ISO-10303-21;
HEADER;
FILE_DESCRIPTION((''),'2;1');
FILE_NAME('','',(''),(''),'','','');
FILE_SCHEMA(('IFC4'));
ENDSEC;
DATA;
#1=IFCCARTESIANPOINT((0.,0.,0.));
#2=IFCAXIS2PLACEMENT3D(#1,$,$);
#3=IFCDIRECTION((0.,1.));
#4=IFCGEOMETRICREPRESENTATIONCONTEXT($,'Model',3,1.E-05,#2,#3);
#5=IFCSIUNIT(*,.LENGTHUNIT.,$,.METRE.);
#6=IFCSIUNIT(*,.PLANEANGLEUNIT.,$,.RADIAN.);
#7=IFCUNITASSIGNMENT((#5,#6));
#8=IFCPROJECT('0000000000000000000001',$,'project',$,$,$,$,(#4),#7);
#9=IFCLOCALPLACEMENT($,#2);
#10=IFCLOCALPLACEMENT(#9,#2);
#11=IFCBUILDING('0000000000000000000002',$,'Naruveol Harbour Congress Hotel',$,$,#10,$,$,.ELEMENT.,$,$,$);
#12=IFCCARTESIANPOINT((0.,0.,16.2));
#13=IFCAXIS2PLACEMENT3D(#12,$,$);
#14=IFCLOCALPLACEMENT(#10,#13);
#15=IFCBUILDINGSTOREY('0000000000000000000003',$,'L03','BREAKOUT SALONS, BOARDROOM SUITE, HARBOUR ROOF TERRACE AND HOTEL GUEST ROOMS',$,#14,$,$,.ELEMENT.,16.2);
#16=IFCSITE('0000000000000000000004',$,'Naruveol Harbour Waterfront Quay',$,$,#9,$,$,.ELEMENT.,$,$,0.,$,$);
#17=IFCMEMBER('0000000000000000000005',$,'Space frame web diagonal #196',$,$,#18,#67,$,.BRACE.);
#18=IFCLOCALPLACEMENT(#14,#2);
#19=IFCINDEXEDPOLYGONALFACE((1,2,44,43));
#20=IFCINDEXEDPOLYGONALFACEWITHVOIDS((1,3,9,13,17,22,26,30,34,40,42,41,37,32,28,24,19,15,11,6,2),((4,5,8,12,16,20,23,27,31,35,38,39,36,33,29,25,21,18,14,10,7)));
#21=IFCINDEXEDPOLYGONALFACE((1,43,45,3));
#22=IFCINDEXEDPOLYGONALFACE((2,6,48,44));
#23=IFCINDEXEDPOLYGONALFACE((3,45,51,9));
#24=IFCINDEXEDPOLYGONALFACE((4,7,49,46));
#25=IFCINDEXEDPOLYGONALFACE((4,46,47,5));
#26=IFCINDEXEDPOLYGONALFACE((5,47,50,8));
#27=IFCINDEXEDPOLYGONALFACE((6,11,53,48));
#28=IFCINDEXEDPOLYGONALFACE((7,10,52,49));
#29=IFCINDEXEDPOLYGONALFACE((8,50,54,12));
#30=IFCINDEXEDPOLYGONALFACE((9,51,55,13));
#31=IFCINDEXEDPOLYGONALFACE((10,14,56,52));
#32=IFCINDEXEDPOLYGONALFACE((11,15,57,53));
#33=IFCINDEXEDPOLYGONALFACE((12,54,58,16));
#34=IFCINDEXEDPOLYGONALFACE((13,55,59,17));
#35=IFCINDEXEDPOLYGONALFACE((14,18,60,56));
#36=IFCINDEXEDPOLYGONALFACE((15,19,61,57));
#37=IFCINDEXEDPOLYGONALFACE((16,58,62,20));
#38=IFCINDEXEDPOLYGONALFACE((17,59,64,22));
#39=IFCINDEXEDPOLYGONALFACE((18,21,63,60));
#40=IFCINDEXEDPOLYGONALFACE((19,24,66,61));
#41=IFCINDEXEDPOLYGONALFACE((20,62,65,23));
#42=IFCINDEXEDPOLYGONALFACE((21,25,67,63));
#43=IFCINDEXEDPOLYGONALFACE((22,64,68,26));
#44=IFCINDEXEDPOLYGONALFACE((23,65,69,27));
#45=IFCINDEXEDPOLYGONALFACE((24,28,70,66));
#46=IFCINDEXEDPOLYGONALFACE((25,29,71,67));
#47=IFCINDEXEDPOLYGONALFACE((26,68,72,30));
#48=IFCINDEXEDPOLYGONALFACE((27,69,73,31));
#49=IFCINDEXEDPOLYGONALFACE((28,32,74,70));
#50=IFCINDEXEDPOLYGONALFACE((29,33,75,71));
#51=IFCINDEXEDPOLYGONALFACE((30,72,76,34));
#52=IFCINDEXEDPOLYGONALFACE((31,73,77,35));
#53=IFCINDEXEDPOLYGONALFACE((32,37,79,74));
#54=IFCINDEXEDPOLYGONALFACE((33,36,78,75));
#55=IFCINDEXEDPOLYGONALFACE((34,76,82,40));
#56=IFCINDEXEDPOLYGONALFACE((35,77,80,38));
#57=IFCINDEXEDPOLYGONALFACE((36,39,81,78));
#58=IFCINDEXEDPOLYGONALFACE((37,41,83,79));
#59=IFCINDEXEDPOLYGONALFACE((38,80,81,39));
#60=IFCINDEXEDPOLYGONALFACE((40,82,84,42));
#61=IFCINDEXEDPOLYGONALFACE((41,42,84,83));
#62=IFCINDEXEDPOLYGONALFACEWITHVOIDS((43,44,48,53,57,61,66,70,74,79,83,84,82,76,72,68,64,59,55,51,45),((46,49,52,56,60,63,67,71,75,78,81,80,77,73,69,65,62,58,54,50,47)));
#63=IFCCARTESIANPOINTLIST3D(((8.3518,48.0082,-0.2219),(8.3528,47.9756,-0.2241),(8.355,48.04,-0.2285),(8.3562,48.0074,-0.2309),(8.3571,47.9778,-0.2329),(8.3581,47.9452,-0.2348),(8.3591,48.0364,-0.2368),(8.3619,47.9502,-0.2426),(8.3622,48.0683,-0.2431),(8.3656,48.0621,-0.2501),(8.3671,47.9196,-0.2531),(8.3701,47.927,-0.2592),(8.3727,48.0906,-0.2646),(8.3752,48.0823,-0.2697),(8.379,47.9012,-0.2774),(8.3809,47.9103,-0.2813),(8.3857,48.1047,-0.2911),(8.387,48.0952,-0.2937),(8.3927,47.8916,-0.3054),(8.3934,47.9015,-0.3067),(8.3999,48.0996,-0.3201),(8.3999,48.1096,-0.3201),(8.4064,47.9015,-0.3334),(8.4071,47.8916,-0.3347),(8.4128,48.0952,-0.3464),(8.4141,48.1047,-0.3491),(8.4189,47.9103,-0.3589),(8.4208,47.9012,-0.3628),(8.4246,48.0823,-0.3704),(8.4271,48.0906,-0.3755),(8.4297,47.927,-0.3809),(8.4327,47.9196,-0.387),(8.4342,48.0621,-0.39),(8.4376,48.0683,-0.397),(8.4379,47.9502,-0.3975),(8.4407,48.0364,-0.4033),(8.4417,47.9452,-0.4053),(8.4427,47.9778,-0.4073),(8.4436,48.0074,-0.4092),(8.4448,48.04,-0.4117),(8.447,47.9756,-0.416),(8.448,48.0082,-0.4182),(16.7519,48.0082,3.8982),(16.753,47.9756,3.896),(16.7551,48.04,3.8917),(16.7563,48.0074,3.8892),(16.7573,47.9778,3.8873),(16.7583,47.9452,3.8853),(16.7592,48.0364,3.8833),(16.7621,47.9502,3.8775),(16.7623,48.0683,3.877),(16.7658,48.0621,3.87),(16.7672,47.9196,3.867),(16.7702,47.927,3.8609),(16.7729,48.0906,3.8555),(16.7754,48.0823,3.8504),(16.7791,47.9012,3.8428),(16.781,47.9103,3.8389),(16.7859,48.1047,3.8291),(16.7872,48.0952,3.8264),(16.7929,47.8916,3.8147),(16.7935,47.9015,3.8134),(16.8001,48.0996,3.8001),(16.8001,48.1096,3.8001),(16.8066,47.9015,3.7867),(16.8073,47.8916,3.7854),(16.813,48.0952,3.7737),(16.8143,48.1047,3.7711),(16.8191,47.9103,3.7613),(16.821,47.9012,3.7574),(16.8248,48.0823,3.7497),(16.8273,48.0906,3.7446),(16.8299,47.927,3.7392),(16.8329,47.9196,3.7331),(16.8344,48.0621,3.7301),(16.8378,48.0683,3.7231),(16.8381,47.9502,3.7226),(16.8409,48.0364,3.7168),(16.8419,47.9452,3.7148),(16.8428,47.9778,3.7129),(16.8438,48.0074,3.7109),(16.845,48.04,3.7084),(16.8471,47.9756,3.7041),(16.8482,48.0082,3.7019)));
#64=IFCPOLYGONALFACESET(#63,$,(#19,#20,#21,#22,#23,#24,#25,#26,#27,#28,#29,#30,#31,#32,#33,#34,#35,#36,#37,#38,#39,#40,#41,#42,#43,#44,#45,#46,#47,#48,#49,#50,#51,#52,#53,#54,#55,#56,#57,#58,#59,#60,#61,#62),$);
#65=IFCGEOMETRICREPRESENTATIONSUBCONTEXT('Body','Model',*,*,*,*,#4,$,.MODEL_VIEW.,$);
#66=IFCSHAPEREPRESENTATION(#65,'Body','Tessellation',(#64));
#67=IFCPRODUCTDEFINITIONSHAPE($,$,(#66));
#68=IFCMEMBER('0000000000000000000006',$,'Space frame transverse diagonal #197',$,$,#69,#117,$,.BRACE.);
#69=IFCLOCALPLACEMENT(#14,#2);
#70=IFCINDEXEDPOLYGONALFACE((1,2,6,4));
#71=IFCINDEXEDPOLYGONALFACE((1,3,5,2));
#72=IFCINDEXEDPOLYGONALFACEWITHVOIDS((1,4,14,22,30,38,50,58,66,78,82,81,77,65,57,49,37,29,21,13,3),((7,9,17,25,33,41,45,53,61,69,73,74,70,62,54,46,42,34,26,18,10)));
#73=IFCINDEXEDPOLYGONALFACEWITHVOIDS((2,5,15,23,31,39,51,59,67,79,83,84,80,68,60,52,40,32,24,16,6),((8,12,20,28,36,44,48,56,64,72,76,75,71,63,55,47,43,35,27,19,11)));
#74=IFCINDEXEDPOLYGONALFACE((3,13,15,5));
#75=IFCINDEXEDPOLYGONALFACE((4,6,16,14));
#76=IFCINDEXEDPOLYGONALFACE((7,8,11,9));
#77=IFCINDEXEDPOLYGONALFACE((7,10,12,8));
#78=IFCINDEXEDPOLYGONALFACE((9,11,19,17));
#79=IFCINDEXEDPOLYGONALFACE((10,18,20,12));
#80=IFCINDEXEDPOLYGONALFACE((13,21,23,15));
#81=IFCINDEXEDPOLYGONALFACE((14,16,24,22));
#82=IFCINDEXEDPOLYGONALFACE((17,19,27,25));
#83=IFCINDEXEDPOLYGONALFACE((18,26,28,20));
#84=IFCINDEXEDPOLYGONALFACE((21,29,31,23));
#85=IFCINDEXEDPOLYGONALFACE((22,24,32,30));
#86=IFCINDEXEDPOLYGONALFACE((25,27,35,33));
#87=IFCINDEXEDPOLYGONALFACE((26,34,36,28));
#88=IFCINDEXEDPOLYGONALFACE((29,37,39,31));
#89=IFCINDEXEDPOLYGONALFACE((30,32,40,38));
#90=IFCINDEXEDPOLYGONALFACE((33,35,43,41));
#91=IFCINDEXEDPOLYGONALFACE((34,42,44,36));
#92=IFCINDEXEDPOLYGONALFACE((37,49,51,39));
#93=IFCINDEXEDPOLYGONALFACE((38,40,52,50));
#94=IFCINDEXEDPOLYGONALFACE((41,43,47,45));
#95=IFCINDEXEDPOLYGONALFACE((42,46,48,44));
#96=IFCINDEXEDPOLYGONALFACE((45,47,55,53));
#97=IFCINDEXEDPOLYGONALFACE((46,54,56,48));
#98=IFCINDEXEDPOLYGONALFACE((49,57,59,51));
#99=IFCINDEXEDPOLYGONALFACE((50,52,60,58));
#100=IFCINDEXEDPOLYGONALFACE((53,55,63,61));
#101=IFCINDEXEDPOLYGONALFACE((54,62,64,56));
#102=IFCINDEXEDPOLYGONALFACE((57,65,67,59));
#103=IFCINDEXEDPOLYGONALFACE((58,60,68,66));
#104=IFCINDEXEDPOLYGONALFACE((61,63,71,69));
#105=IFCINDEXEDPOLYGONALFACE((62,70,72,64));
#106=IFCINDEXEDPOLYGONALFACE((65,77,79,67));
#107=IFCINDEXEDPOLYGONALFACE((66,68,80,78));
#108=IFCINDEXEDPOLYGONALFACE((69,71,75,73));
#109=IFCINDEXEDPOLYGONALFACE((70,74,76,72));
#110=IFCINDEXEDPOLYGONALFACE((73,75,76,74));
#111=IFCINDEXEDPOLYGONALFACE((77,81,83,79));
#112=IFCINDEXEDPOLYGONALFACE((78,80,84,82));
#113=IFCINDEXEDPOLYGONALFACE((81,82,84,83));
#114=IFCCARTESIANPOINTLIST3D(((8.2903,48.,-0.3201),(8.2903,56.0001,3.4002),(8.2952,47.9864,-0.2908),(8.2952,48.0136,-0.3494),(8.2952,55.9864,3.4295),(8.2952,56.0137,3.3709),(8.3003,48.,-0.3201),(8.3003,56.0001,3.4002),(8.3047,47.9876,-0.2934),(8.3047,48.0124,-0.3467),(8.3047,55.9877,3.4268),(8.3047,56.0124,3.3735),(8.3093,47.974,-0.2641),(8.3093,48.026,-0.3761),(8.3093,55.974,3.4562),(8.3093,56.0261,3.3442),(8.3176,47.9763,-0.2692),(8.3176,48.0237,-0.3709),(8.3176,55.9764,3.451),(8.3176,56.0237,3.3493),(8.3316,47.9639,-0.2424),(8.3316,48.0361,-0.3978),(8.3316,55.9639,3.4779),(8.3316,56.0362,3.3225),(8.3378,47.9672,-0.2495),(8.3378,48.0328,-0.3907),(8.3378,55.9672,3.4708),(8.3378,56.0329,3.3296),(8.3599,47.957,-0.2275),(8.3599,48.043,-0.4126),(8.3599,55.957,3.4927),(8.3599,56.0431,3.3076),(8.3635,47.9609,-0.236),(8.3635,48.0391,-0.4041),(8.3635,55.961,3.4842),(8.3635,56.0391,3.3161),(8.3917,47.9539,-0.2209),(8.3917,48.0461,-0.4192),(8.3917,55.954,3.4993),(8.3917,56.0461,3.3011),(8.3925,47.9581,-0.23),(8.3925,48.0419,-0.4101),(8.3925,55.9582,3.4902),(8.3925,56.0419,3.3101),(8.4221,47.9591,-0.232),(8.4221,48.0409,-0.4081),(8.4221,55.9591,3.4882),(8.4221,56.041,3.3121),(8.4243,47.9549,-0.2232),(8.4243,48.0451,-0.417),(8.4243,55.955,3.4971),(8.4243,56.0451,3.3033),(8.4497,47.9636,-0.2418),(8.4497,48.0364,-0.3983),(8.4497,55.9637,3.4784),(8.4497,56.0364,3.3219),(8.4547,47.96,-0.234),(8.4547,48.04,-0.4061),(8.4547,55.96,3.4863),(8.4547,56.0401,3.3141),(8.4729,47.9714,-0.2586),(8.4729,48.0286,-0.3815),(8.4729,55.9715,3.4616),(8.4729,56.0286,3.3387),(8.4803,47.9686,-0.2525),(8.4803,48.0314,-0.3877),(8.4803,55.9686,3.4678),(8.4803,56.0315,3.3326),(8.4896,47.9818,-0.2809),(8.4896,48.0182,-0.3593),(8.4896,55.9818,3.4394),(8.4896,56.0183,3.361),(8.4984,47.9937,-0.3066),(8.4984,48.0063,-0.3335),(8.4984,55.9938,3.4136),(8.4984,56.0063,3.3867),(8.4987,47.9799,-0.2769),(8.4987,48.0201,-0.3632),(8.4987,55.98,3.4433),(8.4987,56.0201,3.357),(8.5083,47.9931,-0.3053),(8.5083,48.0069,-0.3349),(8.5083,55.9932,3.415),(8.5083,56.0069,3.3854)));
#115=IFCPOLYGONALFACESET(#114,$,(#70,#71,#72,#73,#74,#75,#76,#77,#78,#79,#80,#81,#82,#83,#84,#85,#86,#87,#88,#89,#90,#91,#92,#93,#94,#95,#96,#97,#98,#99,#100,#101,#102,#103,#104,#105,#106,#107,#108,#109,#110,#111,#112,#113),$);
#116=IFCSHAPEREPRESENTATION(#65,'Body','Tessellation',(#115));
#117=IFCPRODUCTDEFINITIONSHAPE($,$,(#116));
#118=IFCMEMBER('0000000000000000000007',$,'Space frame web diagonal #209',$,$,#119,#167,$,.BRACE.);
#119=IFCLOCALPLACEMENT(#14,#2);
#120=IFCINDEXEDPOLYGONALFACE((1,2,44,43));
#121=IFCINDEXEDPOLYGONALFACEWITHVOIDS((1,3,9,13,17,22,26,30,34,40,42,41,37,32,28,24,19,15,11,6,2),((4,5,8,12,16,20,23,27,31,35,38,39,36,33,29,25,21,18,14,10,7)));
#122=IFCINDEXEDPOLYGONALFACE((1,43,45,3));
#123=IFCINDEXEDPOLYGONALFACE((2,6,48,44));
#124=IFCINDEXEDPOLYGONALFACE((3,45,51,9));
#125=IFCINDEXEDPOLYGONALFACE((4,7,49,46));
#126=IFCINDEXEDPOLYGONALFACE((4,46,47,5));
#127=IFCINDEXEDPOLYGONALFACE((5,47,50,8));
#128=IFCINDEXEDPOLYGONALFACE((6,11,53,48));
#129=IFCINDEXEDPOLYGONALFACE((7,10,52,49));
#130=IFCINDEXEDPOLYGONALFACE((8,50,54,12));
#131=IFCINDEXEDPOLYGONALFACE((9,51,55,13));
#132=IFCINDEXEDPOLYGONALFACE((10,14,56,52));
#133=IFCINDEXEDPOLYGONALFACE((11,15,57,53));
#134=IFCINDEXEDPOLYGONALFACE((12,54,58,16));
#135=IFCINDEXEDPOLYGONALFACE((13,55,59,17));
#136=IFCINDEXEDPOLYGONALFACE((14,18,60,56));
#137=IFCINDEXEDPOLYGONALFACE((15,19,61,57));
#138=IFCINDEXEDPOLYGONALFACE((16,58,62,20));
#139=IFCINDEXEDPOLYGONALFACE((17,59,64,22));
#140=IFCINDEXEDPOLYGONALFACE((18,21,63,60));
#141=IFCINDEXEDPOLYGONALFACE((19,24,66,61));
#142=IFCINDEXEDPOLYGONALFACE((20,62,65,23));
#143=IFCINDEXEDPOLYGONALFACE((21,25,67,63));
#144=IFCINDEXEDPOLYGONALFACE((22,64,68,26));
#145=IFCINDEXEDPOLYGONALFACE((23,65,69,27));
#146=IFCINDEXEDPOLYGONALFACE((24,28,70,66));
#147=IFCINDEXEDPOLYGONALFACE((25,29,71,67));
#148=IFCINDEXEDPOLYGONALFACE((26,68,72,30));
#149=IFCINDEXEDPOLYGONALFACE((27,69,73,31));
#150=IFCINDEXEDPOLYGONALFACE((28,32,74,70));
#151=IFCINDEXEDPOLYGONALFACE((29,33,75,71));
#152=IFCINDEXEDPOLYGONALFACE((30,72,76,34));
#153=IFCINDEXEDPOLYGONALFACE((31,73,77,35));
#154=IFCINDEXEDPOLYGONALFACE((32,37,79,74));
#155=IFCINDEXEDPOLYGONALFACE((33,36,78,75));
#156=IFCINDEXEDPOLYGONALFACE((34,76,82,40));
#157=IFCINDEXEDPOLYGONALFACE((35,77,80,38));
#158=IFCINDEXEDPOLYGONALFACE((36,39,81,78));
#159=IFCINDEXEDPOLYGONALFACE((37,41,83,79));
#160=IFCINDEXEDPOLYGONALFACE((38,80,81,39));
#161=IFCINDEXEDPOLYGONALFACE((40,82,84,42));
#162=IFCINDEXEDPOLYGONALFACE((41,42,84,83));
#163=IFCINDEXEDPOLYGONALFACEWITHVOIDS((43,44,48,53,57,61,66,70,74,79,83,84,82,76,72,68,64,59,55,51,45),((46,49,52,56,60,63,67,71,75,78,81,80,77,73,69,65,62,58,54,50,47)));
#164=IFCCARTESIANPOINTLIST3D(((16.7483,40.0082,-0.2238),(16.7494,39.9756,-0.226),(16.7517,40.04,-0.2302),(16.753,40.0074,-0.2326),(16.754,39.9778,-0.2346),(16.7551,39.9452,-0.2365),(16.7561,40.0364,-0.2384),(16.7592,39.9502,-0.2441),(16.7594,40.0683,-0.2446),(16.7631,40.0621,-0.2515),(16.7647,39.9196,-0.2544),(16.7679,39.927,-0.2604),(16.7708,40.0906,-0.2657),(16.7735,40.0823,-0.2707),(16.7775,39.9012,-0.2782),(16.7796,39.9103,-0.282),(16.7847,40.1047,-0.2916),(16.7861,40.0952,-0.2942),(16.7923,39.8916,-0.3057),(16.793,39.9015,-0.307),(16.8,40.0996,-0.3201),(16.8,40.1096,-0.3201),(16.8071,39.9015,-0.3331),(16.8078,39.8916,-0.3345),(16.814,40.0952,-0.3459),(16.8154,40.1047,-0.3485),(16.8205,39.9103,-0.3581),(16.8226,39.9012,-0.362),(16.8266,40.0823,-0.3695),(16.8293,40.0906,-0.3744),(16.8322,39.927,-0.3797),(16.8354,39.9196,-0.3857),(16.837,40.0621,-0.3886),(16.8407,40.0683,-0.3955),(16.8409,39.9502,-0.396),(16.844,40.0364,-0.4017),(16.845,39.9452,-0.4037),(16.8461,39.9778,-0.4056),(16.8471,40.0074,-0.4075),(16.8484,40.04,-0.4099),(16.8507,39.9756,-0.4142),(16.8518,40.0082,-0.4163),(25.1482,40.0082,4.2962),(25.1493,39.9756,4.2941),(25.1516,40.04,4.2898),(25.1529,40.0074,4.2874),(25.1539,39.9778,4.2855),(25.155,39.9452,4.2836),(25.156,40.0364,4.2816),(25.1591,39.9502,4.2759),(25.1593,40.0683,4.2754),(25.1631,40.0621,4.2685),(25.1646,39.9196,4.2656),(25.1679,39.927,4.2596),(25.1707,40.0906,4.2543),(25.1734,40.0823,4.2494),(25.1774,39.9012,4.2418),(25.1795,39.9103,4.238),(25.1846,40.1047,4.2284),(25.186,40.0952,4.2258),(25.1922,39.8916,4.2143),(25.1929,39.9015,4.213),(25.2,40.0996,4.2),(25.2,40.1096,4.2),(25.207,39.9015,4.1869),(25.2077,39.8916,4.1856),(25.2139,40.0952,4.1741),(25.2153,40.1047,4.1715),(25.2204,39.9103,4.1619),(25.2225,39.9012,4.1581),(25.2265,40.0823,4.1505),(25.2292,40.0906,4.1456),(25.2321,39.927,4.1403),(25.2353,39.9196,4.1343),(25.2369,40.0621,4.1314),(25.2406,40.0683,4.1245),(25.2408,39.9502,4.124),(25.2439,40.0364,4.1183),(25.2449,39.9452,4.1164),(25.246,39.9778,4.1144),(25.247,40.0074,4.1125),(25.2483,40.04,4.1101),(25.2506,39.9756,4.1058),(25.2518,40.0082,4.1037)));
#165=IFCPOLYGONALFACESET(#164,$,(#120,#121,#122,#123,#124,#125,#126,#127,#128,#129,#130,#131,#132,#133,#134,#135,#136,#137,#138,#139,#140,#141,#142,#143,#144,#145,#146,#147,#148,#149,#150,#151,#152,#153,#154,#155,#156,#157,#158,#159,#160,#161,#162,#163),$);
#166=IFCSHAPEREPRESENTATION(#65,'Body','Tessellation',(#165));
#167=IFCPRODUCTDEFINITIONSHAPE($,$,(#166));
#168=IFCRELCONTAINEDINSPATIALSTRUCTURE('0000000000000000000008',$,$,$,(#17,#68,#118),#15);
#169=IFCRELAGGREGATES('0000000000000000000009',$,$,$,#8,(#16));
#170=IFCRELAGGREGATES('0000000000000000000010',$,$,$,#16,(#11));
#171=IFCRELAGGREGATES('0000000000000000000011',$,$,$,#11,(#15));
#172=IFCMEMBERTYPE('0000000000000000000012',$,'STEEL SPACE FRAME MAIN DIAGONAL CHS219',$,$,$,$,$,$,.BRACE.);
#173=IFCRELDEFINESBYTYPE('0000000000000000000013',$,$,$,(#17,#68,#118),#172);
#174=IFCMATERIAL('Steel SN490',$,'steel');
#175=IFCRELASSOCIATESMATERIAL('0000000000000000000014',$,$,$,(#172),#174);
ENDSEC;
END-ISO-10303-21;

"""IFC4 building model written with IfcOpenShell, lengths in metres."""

from ifc_helpers import new_model, si_unit, direction, frame, origin, origin_2d, place, context, subcontext, project, spatial, hollow_circle, extrude, material, material_profile, profile_set, type_object, element, save


model = new_model("IFC4")

# Units and contexts
model_context = context("Model", 3, precision=1e-05, world=origin(), true_north=direction((0.0, 1.0)))
body_context = subcontext(model_context, "Body", "Model", "MODEL_VIEW")
ifc_project = project(units=[si_unit("LENGTHUNIT", "METRE"), si_unit("PLANEANGLEUNIT", "RADIAN")], contexts=[model_context])

# Site, building, storey
site_placement = place(None, origin())
site = spatial("IfcSite", under=ifc_project, at=site_placement, Name="Naruveol Harbour Waterfront Quay", CompositionType="ELEMENT", RefElevation=0.0)
building_placement = place(site_placement, origin())
building = spatial("IfcBuilding", under=site, at=building_placement, Name="Naruveol Harbour Congress Hotel", CompositionType="ELEMENT")
storey_placement = place(building_placement, frame((0.0, 0.0, 16.2)))
storey = spatial("IfcBuildingStorey", under=building, at=storey_placement, Name="L03", Description="BREAKOUT SALONS, BOARDROOM SUITE, HARBOUR ROOF TERRACE AND HOTEL GUEST ROOMS", CompositionType="ELEMENT", Elevation=16.2)

# Members
ifc_material_1 = material(Name="Steel SN490", Category="steel")
ifc_material_profile_1 = material_profile(ifc_material_1, hollow_circle(Radius=0.1096, WallThickness=0.01, at=origin_2d()), Name="CHS-219.1x10")
ifc_profile_set_1 = profile_set([ifc_material_profile_1], Name="Steel SN490")
member_type_1 = type_object("IfcMemberType", Name="STEEL SPACE FRAME MAIN DIAGONAL CHS219", PredefinedType="BRACE", material=ifc_profile_set_1)
member_1_placement = place(storey_placement, frame((8.3999, 48.0, -0.3201), z_axis=(0.897819, 0.0, 0.440364), x_axis=(0.0, 1.0, 0.0)))
element("IfcMember", 1, at=member_1_placement, inside=storey, type_object=member_type_1, Name="Space frame web diagonal #196", PredefinedType="BRACE", context=body_context, shape_type="SweptSolid", body=[
    extrude(hollow_circle(Radius=0.1096, WallThickness=0.01, at=origin_2d()), origin(), (0.0, 0.0, 1.0), 9.3562),
])
member_2_placement = place(storey_placement, frame((8.3999, 48.0, -0.3201), z_axis=(0.0, 0.906752, 0.421664), x_axis=(-1.0, 0.0, 0.0)))
element("IfcMember", 2, at=member_2_placement, inside=storey, type_object=member_type_1, Name="Space frame transverse diagonal #197", PredefinedType="BRACE", context=body_context, shape_type="SweptSolid", body=[
    extrude(hollow_circle(Radius=0.1096, WallThickness=0.01, at=origin_2d()), origin(), (0.0, 0.0, 1.0), 8.8228),
])
member_3_placement = place(storey_placement, frame((16.8, 40.0, -0.3201), z_axis=(0.880603, 0.0, 0.473856), x_axis=(0.0, 1.0, 0.0)))
element("IfcMember", 3, at=member_3_placement, inside=storey, type_object=member_type_1, Name="Space frame web diagonal #209", PredefinedType="BRACE", context=body_context, shape_type="SweptSolid", body=[
    extrude(hollow_circle(Radius=0.1096, WallThickness=0.01, at=origin_2d()), origin(), (0.0, 0.0, 1.0), 9.5388),
])

save(model, "model.ifc")
